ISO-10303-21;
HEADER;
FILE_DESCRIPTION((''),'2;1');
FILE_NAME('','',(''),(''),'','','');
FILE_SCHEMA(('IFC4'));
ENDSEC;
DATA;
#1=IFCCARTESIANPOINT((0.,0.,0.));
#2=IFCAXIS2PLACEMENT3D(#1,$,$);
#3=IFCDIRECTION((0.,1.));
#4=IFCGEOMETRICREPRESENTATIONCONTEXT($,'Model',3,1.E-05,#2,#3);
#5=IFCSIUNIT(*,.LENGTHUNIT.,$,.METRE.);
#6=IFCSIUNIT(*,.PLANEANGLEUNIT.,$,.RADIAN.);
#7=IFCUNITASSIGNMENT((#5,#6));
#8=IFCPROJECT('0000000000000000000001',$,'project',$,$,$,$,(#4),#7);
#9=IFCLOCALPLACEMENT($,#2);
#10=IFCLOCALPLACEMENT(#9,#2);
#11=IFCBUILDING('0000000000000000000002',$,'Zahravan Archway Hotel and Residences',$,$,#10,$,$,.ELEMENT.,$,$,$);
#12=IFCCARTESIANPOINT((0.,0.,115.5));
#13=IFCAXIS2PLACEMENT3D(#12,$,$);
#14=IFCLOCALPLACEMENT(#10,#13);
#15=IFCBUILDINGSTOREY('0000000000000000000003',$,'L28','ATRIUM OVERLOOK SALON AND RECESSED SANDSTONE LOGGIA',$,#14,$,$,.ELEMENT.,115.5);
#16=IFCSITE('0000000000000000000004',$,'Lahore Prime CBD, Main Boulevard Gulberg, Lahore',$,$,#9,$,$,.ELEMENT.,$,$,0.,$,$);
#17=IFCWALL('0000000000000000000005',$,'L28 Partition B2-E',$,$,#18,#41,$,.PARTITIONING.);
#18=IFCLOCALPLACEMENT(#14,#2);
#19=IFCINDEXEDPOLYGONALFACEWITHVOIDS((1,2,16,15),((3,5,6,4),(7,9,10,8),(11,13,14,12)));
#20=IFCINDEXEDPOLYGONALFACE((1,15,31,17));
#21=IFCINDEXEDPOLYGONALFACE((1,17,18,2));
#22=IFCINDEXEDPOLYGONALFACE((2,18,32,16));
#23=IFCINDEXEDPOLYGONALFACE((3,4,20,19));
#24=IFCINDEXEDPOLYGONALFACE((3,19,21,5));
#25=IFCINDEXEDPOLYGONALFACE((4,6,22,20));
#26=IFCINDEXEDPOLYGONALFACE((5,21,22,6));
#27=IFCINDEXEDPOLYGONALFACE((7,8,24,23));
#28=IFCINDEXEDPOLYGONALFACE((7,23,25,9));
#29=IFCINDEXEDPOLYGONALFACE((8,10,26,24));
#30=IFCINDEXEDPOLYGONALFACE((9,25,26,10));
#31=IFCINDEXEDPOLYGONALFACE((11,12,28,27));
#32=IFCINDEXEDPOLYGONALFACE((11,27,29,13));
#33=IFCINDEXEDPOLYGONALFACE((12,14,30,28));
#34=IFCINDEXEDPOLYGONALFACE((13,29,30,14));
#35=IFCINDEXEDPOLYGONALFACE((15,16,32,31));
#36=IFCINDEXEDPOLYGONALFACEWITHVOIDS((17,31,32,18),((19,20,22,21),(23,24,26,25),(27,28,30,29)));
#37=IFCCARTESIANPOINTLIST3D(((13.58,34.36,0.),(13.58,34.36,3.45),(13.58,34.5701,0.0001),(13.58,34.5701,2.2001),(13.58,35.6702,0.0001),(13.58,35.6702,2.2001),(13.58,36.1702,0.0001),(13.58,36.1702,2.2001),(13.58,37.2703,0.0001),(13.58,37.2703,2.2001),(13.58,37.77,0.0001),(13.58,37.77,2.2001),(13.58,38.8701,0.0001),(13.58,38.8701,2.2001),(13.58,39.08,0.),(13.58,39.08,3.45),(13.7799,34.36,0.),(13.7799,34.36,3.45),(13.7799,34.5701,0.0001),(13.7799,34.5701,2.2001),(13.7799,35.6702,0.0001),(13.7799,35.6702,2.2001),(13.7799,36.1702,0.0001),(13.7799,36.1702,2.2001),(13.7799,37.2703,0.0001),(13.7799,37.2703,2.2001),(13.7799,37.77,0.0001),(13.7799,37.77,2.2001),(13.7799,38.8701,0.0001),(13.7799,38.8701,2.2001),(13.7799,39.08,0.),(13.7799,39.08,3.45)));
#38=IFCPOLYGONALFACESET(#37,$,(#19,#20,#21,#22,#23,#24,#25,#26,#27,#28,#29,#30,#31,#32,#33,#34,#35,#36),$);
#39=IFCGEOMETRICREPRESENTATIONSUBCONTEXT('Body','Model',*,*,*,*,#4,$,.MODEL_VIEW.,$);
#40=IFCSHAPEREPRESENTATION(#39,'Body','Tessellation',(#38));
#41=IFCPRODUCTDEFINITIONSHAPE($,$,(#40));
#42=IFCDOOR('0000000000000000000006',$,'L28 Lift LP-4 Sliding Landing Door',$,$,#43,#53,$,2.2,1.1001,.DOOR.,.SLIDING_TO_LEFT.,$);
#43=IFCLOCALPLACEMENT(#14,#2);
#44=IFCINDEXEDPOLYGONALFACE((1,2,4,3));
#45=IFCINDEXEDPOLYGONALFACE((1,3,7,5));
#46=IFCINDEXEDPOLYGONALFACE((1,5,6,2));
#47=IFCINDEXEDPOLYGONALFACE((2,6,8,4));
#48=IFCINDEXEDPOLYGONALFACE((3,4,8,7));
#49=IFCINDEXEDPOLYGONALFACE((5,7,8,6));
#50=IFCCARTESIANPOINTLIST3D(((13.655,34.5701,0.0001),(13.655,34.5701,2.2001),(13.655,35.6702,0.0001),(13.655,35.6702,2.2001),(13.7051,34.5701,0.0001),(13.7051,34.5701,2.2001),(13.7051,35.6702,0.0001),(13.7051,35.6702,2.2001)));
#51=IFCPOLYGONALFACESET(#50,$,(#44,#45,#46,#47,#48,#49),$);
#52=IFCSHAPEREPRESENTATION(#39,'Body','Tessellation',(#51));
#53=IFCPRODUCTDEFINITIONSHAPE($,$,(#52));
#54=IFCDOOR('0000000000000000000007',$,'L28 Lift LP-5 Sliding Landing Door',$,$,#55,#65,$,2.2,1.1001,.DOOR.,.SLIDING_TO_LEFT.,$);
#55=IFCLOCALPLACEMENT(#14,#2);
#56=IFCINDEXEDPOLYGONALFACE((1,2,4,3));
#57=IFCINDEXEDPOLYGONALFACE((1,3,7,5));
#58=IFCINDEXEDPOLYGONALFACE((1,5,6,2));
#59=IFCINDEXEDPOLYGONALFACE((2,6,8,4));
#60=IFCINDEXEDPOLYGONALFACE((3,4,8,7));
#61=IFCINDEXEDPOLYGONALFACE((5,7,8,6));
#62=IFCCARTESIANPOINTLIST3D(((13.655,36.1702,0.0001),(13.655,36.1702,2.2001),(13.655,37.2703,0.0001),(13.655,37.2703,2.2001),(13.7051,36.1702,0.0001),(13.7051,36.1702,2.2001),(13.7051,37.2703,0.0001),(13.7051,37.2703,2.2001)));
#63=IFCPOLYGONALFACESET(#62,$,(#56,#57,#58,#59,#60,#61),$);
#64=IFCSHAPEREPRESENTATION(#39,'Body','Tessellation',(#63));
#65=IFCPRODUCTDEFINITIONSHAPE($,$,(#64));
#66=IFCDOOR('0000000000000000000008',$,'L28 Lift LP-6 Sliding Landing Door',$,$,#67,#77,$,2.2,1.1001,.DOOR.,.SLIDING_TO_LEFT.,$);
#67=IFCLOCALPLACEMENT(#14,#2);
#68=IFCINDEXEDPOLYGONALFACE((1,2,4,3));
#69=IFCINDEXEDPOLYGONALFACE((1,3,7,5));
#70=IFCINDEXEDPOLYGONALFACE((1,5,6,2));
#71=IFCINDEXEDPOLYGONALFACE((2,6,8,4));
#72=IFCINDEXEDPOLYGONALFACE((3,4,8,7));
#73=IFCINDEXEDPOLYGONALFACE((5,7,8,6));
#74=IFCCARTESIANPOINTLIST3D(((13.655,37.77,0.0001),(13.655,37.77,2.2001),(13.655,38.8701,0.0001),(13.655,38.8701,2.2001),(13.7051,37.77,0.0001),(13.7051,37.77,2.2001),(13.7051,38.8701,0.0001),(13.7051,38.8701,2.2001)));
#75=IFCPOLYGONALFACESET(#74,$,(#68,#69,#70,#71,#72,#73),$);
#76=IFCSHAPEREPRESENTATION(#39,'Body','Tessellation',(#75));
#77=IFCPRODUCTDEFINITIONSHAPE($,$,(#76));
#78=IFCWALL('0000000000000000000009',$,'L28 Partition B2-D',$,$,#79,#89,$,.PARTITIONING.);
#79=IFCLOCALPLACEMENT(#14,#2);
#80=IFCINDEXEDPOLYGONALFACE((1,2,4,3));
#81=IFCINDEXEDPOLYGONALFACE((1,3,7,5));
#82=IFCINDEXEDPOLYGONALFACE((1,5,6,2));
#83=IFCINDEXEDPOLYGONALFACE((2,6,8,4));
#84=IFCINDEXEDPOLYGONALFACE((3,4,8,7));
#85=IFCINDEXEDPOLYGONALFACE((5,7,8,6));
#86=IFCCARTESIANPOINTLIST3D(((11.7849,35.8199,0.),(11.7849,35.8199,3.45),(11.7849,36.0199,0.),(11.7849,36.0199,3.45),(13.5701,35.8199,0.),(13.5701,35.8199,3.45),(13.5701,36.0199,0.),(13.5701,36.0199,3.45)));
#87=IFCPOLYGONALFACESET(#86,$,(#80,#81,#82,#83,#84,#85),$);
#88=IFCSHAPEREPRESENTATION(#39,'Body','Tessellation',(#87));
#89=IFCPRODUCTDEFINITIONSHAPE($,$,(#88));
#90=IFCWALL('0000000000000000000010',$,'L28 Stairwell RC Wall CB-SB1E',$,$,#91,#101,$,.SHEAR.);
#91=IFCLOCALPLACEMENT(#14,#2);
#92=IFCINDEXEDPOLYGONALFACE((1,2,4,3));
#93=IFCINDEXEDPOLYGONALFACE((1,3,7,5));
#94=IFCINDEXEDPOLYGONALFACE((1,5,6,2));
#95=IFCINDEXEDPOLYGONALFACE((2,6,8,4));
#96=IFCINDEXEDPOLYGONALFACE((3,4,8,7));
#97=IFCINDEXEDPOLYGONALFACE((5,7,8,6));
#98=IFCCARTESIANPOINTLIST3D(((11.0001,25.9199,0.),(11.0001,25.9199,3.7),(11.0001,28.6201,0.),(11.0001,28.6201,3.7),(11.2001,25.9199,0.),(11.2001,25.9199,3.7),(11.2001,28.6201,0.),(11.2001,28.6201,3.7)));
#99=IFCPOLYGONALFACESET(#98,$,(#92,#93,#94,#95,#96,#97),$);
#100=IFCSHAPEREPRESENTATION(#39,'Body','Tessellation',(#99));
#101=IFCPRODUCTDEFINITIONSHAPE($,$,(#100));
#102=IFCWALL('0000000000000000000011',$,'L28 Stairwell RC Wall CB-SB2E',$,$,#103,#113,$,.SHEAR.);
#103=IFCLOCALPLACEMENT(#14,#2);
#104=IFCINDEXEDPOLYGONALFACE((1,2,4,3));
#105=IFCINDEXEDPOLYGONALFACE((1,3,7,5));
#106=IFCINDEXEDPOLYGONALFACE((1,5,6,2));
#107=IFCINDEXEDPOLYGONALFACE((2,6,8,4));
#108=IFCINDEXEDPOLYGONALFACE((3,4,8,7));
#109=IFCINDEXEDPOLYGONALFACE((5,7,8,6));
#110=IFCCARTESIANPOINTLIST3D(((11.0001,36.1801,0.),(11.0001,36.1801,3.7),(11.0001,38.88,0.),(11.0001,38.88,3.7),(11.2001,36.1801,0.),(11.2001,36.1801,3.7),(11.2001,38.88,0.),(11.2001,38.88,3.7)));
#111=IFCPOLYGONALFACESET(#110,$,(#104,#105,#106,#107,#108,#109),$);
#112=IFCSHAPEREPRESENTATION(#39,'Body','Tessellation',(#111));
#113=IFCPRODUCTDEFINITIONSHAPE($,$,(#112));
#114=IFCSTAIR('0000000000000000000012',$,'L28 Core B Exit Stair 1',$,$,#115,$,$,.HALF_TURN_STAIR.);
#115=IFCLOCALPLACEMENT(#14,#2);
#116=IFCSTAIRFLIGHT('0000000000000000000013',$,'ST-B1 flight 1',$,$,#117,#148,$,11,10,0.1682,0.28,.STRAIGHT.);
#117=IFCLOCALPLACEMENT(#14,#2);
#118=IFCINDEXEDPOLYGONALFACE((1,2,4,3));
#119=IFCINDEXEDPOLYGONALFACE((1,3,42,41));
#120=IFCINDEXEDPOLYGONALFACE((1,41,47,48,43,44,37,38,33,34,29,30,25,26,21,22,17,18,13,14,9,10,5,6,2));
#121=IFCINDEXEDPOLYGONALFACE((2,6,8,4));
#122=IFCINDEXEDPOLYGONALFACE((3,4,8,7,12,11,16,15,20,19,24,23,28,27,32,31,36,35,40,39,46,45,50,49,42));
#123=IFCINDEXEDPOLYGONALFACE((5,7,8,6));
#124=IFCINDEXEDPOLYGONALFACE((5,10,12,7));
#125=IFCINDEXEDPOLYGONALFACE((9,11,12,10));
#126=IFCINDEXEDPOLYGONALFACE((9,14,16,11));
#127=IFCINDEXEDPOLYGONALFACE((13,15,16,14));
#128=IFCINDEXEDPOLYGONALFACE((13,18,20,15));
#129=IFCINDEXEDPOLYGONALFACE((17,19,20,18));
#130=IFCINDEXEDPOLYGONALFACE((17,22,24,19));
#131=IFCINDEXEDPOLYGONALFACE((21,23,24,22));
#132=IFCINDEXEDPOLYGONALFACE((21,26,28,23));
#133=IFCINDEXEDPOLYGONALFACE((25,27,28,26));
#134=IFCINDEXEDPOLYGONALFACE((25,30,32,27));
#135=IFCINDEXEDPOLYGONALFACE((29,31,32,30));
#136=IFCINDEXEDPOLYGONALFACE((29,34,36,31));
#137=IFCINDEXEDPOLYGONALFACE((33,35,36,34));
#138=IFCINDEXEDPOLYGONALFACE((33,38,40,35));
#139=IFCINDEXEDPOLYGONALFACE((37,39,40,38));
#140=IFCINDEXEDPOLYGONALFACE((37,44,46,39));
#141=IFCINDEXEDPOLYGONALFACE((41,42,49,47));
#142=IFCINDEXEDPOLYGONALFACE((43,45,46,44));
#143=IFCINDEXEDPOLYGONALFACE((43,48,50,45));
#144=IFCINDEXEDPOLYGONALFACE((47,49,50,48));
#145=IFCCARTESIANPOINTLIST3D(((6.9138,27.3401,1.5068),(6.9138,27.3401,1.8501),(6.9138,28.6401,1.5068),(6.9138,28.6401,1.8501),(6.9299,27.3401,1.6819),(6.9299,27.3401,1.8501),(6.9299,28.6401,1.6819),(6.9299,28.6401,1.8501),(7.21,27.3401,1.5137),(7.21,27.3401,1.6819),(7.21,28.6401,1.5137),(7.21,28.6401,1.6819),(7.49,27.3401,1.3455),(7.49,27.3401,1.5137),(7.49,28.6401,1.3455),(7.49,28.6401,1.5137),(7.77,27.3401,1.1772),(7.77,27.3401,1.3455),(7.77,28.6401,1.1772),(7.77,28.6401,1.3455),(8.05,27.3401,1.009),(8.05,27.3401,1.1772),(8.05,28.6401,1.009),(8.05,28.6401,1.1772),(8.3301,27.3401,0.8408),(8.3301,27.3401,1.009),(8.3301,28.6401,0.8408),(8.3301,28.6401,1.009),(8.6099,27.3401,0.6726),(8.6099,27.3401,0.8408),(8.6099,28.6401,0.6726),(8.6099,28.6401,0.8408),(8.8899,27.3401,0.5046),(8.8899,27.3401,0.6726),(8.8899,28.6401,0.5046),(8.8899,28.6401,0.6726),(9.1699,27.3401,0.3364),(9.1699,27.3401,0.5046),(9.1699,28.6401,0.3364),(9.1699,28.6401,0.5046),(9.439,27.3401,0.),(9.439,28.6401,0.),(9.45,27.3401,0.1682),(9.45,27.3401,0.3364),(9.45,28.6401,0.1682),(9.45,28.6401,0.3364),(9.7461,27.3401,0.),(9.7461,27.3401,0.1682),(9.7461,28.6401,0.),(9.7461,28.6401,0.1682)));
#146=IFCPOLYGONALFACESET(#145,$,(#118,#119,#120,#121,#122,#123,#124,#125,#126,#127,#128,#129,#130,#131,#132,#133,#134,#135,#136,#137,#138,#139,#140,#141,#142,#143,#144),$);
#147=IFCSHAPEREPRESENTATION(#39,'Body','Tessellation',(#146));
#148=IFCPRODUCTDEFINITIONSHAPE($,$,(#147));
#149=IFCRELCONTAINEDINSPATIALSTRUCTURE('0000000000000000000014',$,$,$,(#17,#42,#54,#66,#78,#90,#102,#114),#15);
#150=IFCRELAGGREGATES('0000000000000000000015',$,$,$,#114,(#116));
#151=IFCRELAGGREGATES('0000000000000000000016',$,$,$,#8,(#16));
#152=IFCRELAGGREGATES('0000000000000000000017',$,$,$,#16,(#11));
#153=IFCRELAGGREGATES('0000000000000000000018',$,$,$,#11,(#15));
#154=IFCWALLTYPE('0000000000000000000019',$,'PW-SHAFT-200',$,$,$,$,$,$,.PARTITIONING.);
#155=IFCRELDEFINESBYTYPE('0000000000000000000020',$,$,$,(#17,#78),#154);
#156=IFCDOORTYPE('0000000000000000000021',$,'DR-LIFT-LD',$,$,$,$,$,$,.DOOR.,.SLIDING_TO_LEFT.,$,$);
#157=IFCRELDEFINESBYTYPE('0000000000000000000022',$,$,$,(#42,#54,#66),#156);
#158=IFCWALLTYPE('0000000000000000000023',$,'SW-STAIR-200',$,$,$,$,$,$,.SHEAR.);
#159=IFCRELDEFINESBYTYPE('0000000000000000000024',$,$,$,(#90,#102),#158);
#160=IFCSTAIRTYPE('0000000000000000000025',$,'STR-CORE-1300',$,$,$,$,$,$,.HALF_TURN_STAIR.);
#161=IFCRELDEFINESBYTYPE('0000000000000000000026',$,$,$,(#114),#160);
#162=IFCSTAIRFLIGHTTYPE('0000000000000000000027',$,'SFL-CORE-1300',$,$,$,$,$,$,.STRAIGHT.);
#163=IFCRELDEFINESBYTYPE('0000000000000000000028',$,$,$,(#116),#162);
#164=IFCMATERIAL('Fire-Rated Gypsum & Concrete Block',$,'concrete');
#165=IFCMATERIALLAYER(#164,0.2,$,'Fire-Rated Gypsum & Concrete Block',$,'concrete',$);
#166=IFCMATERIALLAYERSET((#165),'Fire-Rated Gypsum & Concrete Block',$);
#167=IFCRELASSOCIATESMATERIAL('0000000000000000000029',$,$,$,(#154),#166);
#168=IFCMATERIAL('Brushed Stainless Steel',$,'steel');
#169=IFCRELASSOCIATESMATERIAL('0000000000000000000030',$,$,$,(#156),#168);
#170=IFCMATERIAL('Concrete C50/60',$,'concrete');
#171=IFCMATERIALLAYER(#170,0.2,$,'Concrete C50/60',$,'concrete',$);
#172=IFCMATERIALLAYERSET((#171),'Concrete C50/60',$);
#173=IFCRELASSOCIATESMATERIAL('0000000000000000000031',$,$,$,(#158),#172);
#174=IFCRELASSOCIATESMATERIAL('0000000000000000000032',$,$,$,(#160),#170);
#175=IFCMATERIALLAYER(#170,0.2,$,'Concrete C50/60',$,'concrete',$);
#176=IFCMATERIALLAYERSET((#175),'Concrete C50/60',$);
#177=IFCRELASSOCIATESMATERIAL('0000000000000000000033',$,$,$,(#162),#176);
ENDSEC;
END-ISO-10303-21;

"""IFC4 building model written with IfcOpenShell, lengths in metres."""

from ifc_helpers import new_model, si_unit, direction, frame, frame_2d, origin, place, context, subcontext, project, spatial, polyline, rectangle, outline, extrude, source, transform, mapped, material, layer, layer_set, type_object, type_shapes, element, fill, aggregate, save


model = new_model("IFC4")

# Units and contexts
model_context = context("Model", 3, precision=1e-05, world=origin(), true_north=direction((0.0, 1.0)))
body_context = subcontext(model_context, "Body", "Model", "MODEL_VIEW")
ifc_project = project(units=[si_unit("LENGTHUNIT", "METRE"), si_unit("PLANEANGLEUNIT", "RADIAN")], contexts=[model_context])

# Site, building, storey
site_placement = place(None, origin())
site = spatial("IfcSite", under=ifc_project, at=site_placement, Name="Lahore Prime CBD, Main Boulevard Gulberg, Lahore", CompositionType="ELEMENT", RefElevation=0.0)
building_placement = place(site_placement, origin())
building = spatial("IfcBuilding", under=site, at=building_placement, Name="Zahravan Archway Hotel and Residences", CompositionType="ELEMENT")
storey_placement = place(building_placement, frame((0.0, 0.0, 115.5)))
storey = spatial("IfcBuildingStorey", under=building, at=storey_placement, Name="L28", Description="ATRIUM OVERLOOK SALON AND RECESSED SANDSTONE LOGGIA", CompositionType="ELEMENT", Elevation=115.5)

# Shared definitions
ifc_material_1 = material(Name="Fire-Rated Gypsum & Concrete Block", Category="concrete")
ifc_layer_1 = layer(ifc_material_1, 0.2, Name="Fire-Rated Gypsum & Concrete Block", Category="concrete")
ifc_layer_set_1 = layer_set([ifc_layer_1], Name="Fire-Rated Gypsum & Concrete Block")
wall_type_1 = type_object("IfcWallType", Name="PW-SHAFT-200", PredefinedType="PARTITIONING", material=ifc_layer_set_1)

# Wall, openings, doors
wall_1_placement = place(storey_placement, frame((13.6799, 34.3601, 0.0), z_axis=(0.0, 0.0, 1.0), x_axis=(0.0, 1.0, 0.0)))
wall_1 = element("IfcWall", 1, at=wall_1_placement, inside=storey, type_object=wall_type_1, Name="L28 Partition B2-E", PredefinedType="PARTITIONING", context=body_context, shape_type="SweptSolid", body=[
    extrude(rectangle(XDim=4.72, YDim=0.2, at=frame_2d((2.3599, 0.0))), origin(), (0.0, 0.0, 1.0), 3.45),
])
opening_1_placement = place(wall_1_placement, frame((0.21, 0.0, 0.0)))
opening_1 = element("IfcOpeningElement", 2, at=opening_1_placement, cuts=wall_1, PredefinedType="OPENING", context=body_context, shape_type="SweptSolid", body=[
    extrude(rectangle(XDim=1.1001, YDim=2.2, at=frame_2d((0.55, 1.1001))), frame((0.0, 0.1099, 0.0), z_axis=(0.0, -1.0, 0.0), x_axis=(1.0, 0.0, 0.0)), (0.0, 0.0, 1.0), 0.22),
])
opening_2_placement = place(wall_1_placement, frame((1.8101, 0.0, 0.0)))
opening_2 = element("IfcOpeningElement", 3, at=opening_2_placement, cuts=wall_1, PredefinedType="OPENING", context=body_context, shape_type="SweptSolid", body=[
    extrude(rectangle(XDim=1.1001, YDim=2.2, at=frame_2d((0.55, 1.1001))), frame((0.0, 0.1099, 0.0), z_axis=(0.0, -1.0, 0.0), x_axis=(1.0, 0.0, 0.0)), (0.0, 0.0, 1.0), 0.22),
])
opening_3_placement = place(wall_1_placement, frame((3.4099, 0.0, 0.0)))
opening_3 = element("IfcOpeningElement", 4, at=opening_3_placement, cuts=wall_1, PredefinedType="OPENING", context=body_context, shape_type="SweptSolid", body=[
    extrude(rectangle(XDim=1.1001, YDim=2.2, at=frame_2d((0.55, 1.1001))), frame((0.0, 0.1099, 0.0), z_axis=(0.0, -1.0, 0.0), x_axis=(1.0, 0.0, 0.0)), (0.0, 0.0, 1.0), 0.22),
])
ifc_material_2 = material(Name="Brushed Stainless Steel", Category="steel")
door_type_1 = type_object("IfcDoorType", Name="DR-LIFT-LD", OperationType="SLIDING_TO_LEFT", PredefinedType="DOOR", material=ifc_material_2)
shared_shape_1 = source(origin(), body_context, "Body", "SweptSolid", [
    extrude(rectangle(XDim=1.1001, YDim=2.2, at=frame_2d((0.55, 1.1001))), frame((0.0, 0.0249, 0.0), z_axis=(0.0, -1.0, 0.0), x_axis=(1.0, 0.0, 0.0)), (0.0, 0.0, 1.0), 0.05),
])
type_shapes(door_type_1, [shared_shape_1])
door_1_placement = place(opening_1_placement, origin())
door_1 = element("IfcDoor", 5, at=door_1_placement, inside=storey, type_object=door_type_1, Name="L28 Lift LP-4 Sliding Landing Door", OperationType="SLIDING_TO_LEFT", OverallHeight=2.2, OverallWidth=1.1001, PredefinedType="DOOR", context=body_context, shape_type="MappedRepresentation", body=[
    mapped(shared_shape_1, transform((0.0, 0.0, 0.0), scale=1.0)),
])
fill(opening_1, door_1)
door_2_placement = place(opening_2_placement, origin())
door_2 = element("IfcDoor", 6, at=door_2_placement, inside=storey, type_object=door_type_1, Name="L28 Lift LP-5 Sliding Landing Door", OperationType="SLIDING_TO_LEFT", OverallHeight=2.2, OverallWidth=1.1001, PredefinedType="DOOR", context=body_context, shape_type="MappedRepresentation", body=[
    mapped(shared_shape_1, transform((0.0, 0.0, 0.0), scale=1.0)),
])
fill(opening_2, door_2)
door_3_placement = place(opening_3_placement, origin())
door_3 = element("IfcDoor", 7, at=door_3_placement, inside=storey, type_object=door_type_1, Name="L28 Lift LP-6 Sliding Landing Door", OperationType="SLIDING_TO_LEFT", OverallHeight=2.2, OverallWidth=1.1001, PredefinedType="DOOR", context=body_context, shape_type="MappedRepresentation", body=[
    mapped(shared_shape_1, transform((0.0, 0.0, 0.0), scale=1.0)),
])
fill(opening_3, door_3)

# Wall
wall_2_placement = place(storey_placement, frame((11.7849, 35.9199, 0.0), z_axis=(0.0, 0.0, 1.0), x_axis=(1.0, 0.0, 0.0)))
element("IfcWall", 8, at=wall_2_placement, inside=storey, type_object=wall_type_1, Name="L28 Partition B2-D", PredefinedType="PARTITIONING", context=body_context, shape_type="SweptSolid", body=[
    extrude(rectangle(XDim=1.7852, YDim=0.2, at=frame_2d((0.8926, 0.0))), origin(), (0.0, 0.0, 1.0), 3.45),
])

# Walls
ifc_material_3 = material(Name="Concrete C50/60", Category="concrete")
ifc_layer_2 = layer(ifc_material_3, 0.2, Name="Concrete C50/60", Category="concrete")
ifc_layer_set_2 = layer_set([ifc_layer_2], Name="Concrete C50/60")
wall_type_2 = type_object("IfcWallType", Name="SW-STAIR-200", PredefinedType="SHEAR", material=ifc_layer_set_2)
wall_3_placement = place(storey_placement, frame((11.1001, 25.9199, 0.0), z_axis=(0.0, 0.0, 1.0), x_axis=(0.0, 1.0, 0.0)))
element("IfcWall", 9, at=wall_3_placement, inside=storey, type_object=wall_type_2, Name="L28 Stairwell RC Wall CB-SB1E", PredefinedType="SHEAR", context=body_context, shape_type="SweptSolid", body=[
    extrude(rectangle(XDim=2.7002, YDim=0.2, at=frame_2d((1.3501, 0.0))), origin(), (0.0, 0.0, 1.0), 3.7),
])
wall_4_placement = place(storey_placement, frame((11.1001, 36.1799, 0.0), z_axis=(0.0, 0.0, 1.0), x_axis=(0.0, 1.0, 0.0)))
element("IfcWall", 10, at=wall_4_placement, inside=storey, type_object=wall_type_2, Name="L28 Stairwell RC Wall CB-SB2E", PredefinedType="SHEAR", context=body_context, shape_type="SweptSolid", body=[
    extrude(rectangle(XDim=2.7, YDim=0.2, at=frame_2d((1.3501, 0.0))), origin(), (0.0, 0.0, 1.0), 3.7),
])

# Stair, stair flight
stair_type = type_object("IfcStairType", Name="STR-CORE-1300", PredefinedType="HALF_TURN_STAIR", material=ifc_material_3)
stair_1_placement = place(storey_placement, origin())
stair_1 = element("IfcStair", 11, at=stair_1_placement, inside=storey, type_object=stair_type, Name="L28 Core B Exit Stair 1", PredefinedType="HALF_TURN_STAIR")
ifc_layer_3 = layer(ifc_material_3, 0.2, Name="Concrete C50/60", Category="concrete")
ifc_layer_set_3 = layer_set([ifc_layer_3], Name="Concrete C50/60")
stair_flight_type = type_object("IfcStairFlightType", Name="SFL-CORE-1300", PredefinedType="STRAIGHT", material=ifc_layer_set_3)
shared_shape_2 = source(origin(), body_context, "Body", "SweptSolid", [
    extrude(outline(polyline([(-0.0161, 0.0), (-0.0161, 0.1682), (0.28, 0.1682), (0.28, 0.3364), (0.5601, 0.3364), (0.5601, 0.5046), (0.8401, 0.5046), (0.8401, 0.6726), (1.1201, 0.6726), (1.1201, 0.8408), (1.3999, 0.8408), (1.3999, 1.009), (1.6799, 1.009), (1.6799, 1.1772), (1.96, 1.1772), (1.96, 1.3455), (2.24, 1.3455), (2.24, 1.5137), (2.52, 1.5137), (2.52, 1.6819), (2.8, 1.6819), (2.8, 1.8501), (2.8162, 1.8501), (2.8162, 1.5068), (0.291, 0.0), (-0.0161, 0.0)])), frame((0.0, 0.6499, 0.0), z_axis=(0.0, -1.0, 0.0), x_axis=(1.0, 0.0, 0.0)), (0.0, 0.0, 1.0), 1.3),
])
stair_flight_1_placement = place(storey_placement, frame((9.73, 27.99, 0.0), z_axis=(0.0, 0.0, 1.0), x_axis=(-1.0, 0.0, 0.0)))
stair_flight_1 = element("IfcStairFlight", 12, at=stair_flight_1_placement, type_object=stair_flight_type, Name="ST-B1 flight 1", NumberOfRisers=11, NumberOfTreads=10, PredefinedType="STRAIGHT", RiserHeight=0.1682, TreadLength=0.28, context=body_context, shape_type="MappedRepresentation", body=[
    mapped(shared_shape_2, transform((0.0, 0.0, 0.0), scale=1.0)),
])
aggregate(stair_1, [stair_flight_1])

save(model, "model.ifc")
